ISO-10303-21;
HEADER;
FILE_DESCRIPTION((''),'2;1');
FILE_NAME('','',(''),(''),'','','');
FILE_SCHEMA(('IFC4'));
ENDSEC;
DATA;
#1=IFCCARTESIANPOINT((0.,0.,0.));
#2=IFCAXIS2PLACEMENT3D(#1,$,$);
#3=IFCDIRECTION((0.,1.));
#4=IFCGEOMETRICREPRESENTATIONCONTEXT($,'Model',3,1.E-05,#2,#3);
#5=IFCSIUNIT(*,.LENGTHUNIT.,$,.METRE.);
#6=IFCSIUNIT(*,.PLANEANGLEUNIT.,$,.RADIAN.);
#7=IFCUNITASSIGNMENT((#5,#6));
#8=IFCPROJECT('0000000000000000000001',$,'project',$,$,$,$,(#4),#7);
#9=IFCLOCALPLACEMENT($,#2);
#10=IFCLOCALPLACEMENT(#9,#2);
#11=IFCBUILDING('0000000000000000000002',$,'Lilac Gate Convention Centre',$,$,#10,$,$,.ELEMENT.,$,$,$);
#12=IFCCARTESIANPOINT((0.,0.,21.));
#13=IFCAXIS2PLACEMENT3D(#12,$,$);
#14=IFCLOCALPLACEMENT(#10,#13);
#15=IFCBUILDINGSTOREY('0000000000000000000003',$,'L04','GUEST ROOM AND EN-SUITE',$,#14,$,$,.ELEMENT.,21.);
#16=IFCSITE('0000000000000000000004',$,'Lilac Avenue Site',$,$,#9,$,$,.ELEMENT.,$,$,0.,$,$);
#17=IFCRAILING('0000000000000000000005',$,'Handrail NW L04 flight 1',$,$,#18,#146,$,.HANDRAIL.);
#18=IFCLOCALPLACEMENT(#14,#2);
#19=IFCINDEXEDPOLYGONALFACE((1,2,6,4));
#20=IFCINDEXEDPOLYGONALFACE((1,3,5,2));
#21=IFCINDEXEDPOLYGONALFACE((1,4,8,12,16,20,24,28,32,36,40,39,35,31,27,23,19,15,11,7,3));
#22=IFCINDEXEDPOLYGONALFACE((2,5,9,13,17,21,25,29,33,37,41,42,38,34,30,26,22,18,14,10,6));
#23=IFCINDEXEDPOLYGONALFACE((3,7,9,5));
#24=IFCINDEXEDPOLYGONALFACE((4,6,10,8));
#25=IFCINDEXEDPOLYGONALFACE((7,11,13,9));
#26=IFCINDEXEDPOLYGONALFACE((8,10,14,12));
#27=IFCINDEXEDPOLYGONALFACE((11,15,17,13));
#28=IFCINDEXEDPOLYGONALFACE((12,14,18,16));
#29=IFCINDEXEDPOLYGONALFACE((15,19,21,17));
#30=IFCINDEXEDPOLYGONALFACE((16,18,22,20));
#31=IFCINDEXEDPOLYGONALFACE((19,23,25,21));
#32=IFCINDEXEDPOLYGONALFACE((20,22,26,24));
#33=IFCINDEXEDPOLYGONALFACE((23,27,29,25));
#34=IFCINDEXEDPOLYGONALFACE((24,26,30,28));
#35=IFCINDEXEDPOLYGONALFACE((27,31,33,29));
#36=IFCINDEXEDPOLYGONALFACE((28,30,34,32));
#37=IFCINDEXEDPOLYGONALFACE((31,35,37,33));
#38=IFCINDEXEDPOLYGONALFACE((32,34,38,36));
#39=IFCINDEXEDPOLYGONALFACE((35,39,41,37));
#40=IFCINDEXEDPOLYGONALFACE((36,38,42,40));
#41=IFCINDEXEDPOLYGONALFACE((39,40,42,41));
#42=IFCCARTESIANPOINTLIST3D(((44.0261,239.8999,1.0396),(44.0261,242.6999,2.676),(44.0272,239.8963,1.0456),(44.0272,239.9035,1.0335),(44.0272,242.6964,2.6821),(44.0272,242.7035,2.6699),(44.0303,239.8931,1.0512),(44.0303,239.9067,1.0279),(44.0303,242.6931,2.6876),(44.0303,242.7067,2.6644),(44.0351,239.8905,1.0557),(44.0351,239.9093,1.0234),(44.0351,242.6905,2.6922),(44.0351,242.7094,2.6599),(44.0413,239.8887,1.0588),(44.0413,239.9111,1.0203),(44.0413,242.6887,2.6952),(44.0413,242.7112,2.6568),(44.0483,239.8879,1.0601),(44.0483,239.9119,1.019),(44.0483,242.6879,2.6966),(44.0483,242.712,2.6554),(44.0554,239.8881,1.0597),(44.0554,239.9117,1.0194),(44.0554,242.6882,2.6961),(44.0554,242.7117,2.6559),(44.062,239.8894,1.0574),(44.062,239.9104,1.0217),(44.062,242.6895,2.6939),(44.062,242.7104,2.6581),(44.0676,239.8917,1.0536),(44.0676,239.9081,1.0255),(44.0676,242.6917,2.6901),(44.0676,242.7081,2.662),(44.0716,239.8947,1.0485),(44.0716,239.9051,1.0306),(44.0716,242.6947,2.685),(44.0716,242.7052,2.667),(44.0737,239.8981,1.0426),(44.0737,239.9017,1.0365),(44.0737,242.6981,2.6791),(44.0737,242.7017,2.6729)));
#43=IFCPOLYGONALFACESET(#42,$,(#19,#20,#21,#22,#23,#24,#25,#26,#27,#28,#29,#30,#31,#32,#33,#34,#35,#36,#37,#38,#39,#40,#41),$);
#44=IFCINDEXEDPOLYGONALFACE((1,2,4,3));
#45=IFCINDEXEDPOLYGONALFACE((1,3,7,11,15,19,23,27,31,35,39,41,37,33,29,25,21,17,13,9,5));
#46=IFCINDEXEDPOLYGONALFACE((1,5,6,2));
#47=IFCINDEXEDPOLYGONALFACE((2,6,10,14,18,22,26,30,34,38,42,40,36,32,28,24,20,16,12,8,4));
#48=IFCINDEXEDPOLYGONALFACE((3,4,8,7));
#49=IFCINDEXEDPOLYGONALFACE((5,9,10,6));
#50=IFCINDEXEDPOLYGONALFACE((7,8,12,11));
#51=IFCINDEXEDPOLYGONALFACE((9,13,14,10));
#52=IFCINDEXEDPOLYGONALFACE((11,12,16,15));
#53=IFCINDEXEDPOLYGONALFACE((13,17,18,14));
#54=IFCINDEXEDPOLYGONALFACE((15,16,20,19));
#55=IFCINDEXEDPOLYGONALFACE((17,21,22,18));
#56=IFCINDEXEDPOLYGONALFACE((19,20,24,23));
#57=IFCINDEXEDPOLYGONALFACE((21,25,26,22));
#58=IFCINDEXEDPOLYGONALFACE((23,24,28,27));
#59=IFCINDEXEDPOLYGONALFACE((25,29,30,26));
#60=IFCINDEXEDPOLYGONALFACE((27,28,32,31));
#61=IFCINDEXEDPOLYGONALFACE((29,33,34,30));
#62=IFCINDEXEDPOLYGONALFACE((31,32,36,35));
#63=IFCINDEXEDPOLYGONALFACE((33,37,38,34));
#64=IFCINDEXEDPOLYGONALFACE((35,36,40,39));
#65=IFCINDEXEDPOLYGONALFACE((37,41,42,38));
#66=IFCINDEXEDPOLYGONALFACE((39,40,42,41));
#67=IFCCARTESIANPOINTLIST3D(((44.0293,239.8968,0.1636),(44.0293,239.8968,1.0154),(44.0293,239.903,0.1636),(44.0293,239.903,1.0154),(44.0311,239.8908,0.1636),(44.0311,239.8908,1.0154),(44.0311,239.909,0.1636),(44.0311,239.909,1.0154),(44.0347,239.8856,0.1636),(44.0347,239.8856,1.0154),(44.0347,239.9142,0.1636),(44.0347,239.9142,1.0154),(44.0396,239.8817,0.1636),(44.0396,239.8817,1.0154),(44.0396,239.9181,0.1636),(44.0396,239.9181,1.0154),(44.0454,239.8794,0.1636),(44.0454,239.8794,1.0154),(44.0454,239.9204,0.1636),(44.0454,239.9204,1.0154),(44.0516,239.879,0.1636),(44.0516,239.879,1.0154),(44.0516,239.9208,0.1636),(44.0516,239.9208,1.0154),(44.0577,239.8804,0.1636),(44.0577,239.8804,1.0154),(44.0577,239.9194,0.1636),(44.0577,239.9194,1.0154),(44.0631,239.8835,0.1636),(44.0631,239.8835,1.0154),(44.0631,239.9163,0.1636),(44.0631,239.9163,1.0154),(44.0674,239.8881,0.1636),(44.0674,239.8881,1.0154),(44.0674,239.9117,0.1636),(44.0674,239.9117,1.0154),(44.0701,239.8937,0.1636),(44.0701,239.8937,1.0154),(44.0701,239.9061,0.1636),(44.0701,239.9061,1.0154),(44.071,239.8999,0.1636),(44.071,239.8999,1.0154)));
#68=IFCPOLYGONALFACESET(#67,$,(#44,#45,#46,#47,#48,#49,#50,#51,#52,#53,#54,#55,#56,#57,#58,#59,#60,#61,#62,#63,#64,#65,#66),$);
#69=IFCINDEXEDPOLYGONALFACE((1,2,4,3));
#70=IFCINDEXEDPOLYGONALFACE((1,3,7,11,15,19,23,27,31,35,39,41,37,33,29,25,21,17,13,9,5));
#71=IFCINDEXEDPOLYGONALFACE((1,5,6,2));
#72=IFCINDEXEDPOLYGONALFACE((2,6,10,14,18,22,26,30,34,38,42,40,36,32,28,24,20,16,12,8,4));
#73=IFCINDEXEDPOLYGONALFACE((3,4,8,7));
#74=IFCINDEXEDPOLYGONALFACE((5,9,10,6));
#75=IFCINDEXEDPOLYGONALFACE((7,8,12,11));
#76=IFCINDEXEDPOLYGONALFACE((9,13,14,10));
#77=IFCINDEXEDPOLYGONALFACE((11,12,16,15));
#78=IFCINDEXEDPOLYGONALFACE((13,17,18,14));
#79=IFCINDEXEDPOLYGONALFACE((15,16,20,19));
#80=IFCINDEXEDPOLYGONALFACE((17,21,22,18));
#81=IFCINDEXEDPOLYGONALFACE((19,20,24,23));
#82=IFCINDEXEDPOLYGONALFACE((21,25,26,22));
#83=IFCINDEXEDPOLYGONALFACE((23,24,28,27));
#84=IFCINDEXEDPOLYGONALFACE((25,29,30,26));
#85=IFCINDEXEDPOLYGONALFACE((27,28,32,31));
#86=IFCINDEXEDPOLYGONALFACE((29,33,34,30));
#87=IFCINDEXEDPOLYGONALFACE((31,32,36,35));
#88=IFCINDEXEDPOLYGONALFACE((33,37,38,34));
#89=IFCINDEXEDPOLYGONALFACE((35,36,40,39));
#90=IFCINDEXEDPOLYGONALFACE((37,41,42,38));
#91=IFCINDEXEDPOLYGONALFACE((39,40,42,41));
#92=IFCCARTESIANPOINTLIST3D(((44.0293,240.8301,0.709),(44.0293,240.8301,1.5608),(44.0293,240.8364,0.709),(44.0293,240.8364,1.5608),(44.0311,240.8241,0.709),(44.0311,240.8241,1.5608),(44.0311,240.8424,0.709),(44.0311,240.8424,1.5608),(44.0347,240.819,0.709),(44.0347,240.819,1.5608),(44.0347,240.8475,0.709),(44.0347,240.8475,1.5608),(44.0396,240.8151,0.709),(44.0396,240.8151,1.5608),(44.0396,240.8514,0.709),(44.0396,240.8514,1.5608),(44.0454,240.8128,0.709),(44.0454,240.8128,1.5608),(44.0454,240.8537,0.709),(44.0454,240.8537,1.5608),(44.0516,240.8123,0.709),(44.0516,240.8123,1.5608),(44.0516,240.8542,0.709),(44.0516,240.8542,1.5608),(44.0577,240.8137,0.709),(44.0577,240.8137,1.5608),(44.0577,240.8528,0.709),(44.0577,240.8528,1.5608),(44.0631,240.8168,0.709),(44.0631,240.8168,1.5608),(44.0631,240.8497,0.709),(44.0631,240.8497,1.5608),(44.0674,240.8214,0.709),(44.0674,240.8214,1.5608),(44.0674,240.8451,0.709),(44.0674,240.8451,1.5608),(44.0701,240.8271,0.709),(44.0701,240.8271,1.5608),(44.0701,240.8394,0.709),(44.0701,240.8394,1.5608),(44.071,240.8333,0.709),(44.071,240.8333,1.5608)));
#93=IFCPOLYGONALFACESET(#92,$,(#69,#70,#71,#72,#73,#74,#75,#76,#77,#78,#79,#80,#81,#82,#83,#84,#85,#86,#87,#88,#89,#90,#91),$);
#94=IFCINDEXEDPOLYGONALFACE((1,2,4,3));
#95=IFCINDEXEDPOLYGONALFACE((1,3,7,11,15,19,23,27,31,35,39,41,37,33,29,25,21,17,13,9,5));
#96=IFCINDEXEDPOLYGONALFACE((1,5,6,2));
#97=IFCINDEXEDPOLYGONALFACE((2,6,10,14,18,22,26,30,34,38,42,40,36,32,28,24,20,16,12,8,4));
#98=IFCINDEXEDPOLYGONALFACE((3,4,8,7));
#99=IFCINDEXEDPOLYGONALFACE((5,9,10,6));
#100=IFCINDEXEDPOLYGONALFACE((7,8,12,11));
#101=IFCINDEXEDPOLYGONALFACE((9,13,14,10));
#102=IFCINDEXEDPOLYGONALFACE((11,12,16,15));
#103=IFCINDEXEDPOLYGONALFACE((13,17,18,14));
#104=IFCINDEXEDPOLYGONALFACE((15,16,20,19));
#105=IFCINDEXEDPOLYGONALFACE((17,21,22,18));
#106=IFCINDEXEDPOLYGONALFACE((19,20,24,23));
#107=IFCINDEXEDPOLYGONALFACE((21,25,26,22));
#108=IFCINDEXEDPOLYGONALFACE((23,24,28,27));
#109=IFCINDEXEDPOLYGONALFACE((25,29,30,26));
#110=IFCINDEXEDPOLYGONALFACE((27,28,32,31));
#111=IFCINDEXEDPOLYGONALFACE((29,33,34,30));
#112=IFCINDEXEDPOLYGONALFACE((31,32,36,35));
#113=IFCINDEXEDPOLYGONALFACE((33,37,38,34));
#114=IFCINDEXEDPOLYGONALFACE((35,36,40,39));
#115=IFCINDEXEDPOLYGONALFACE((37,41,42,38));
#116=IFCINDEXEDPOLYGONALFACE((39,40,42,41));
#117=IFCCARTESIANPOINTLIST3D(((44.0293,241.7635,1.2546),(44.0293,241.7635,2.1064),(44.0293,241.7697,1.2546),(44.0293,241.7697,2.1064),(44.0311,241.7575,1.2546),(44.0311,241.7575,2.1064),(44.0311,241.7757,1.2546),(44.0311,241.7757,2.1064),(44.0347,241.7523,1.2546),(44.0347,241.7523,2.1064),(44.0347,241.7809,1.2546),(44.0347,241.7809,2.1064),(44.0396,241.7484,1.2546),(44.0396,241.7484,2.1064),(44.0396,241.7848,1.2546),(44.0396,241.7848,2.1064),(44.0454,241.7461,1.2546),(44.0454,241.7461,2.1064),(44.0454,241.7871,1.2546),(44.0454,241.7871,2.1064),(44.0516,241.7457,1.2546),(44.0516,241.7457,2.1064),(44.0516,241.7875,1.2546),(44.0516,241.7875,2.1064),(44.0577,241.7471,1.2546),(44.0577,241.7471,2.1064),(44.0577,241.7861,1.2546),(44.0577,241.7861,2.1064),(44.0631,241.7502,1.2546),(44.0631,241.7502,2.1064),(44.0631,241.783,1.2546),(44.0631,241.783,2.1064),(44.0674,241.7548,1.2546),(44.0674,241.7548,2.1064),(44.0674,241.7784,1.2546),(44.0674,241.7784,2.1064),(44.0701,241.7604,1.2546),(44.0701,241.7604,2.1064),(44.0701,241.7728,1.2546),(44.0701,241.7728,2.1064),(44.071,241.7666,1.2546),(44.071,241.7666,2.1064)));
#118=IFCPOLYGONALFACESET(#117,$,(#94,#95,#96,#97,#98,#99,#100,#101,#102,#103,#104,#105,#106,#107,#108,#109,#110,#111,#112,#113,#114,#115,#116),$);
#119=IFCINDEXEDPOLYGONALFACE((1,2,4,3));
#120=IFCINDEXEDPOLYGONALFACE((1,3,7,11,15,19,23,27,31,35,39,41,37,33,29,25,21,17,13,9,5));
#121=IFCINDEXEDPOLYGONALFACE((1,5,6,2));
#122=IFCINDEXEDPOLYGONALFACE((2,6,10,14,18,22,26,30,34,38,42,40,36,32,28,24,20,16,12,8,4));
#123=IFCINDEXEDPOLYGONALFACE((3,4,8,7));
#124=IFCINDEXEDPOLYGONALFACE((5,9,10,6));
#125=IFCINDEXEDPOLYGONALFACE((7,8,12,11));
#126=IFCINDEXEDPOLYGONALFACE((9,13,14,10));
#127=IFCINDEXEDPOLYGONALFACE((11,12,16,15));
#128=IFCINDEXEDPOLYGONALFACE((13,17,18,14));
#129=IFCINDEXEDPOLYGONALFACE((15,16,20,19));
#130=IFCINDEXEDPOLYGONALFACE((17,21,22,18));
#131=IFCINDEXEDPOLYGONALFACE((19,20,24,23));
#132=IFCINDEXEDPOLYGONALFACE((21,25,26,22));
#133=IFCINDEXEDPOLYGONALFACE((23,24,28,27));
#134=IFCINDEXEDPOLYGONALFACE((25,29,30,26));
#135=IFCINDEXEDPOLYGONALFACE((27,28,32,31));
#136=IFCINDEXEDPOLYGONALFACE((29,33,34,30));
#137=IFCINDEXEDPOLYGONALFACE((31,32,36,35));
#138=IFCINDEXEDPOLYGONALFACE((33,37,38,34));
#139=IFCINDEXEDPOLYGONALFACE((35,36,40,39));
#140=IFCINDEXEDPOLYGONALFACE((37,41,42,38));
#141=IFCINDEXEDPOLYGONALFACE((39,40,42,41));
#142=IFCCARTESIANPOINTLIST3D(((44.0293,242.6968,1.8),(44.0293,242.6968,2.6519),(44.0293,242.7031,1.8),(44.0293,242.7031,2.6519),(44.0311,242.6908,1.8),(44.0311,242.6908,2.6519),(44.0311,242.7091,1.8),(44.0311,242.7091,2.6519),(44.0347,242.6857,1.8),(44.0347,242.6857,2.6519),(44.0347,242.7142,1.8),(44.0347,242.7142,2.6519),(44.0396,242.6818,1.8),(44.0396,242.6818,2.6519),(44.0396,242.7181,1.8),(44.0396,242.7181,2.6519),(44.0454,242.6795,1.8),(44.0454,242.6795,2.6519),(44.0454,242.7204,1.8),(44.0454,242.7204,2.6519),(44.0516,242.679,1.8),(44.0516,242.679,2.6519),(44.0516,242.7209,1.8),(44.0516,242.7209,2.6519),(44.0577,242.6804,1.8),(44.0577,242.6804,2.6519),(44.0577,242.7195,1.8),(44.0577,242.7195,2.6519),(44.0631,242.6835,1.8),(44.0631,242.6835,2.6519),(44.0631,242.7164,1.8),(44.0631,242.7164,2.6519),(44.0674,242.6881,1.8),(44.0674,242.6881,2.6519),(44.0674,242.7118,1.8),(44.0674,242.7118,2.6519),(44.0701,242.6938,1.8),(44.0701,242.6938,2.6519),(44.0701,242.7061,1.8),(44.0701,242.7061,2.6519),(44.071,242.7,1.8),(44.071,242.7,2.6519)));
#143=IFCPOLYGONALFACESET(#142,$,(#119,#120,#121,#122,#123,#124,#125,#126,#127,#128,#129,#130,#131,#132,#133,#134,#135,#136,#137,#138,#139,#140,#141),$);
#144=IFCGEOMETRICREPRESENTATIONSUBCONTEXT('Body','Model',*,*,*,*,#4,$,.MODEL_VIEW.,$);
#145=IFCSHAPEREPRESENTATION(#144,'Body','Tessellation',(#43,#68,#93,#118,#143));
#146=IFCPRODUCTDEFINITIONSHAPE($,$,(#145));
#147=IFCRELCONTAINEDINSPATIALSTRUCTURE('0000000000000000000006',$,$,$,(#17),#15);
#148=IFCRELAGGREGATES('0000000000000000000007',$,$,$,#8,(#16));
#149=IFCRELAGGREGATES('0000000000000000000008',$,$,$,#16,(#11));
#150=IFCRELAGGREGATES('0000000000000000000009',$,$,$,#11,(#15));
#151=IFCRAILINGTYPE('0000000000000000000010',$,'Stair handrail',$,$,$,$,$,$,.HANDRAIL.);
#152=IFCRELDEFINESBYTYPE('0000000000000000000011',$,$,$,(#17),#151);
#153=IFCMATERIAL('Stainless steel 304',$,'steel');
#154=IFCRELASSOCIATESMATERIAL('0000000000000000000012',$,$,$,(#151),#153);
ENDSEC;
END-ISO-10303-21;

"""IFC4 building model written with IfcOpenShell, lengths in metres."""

from ifc_helpers import new_model, si_unit, direction, frame, origin, origin_2d, place, context, subcontext, project, spatial, circle, extrude, material, type_object, element, save


model = new_model("IFC4")

# Units and contexts
model_context = context("Model", 3, precision=1e-05, world=origin(), true_north=direction((0.0, 1.0)))
body_context = subcontext(model_context, "Body", "Model", "MODEL_VIEW")
ifc_project = project(units=[si_unit("LENGTHUNIT", "METRE"), si_unit("PLANEANGLEUNIT", "RADIAN")], contexts=[model_context])

# Site, building, storey
site_placement = place(None, origin())
site = spatial("IfcSite", under=ifc_project, at=site_placement, Name="Lilac Avenue Site", CompositionType="ELEMENT", RefElevation=0.0)
building_placement = place(site_placement, origin())
building = spatial("IfcBuilding", under=site, at=building_placement, Name="Lilac Gate Convention Centre", CompositionType="ELEMENT")
storey_placement = place(building_placement, frame((0.0, 0.0, 21.0)))
storey = spatial("IfcBuildingStorey", under=building, at=storey_placement, Name="L04", Description="GUEST ROOM AND EN-SUITE", CompositionType="ELEMENT", Elevation=21.0)

# Railing
ifc_material_1 = material(Name="Stainless steel 304", Category="steel")
railing_type = type_object("IfcRailingType", Name="Stair handrail", PredefinedType="HANDRAIL", material=ifc_material_1)
for number, where, name in (
    (1, (44.05, 239.8999, 0.1636), "Handrail NW L04 flight 1"),
):
    element("IfcRailing", number, at=place(storey_placement, frame(where)), inside=storey, type_object=railing_type, Name=name, PredefinedType="HANDRAIL", context=body_context, shape_type="SweptSolid", body=[
        extrude(circle(Radius=0.0239, at=origin_2d()), frame((0.0, 0.0, 0.876), z_axis=(0.0, 0.863361, 0.504587), x_axis=(-1.0, 0.0, 0.0)), (0.0, 0.0, 1.0), 3.2432),
        extrude(circle(Radius=0.021, at=origin_2d()), origin(), (0.0, 0.0, 1.0), 0.8518),
        extrude(circle(Radius=0.021, at=origin_2d()), frame((0.0, 0.9333, 0.5454)), (0.0, 0.0, 1.0), 0.8518),
        extrude(circle(Radius=0.021, at=origin_2d()), frame((0.0, 1.8667, 1.0911)), (0.0, 0.0, 1.0), 0.8518),
        extrude(circle(Radius=0.021, at=origin_2d()), frame((0.0, 2.8, 1.6365)), (0.0, 0.0, 1.0), 0.8518),
    ])

save(model, "model.ifc")
